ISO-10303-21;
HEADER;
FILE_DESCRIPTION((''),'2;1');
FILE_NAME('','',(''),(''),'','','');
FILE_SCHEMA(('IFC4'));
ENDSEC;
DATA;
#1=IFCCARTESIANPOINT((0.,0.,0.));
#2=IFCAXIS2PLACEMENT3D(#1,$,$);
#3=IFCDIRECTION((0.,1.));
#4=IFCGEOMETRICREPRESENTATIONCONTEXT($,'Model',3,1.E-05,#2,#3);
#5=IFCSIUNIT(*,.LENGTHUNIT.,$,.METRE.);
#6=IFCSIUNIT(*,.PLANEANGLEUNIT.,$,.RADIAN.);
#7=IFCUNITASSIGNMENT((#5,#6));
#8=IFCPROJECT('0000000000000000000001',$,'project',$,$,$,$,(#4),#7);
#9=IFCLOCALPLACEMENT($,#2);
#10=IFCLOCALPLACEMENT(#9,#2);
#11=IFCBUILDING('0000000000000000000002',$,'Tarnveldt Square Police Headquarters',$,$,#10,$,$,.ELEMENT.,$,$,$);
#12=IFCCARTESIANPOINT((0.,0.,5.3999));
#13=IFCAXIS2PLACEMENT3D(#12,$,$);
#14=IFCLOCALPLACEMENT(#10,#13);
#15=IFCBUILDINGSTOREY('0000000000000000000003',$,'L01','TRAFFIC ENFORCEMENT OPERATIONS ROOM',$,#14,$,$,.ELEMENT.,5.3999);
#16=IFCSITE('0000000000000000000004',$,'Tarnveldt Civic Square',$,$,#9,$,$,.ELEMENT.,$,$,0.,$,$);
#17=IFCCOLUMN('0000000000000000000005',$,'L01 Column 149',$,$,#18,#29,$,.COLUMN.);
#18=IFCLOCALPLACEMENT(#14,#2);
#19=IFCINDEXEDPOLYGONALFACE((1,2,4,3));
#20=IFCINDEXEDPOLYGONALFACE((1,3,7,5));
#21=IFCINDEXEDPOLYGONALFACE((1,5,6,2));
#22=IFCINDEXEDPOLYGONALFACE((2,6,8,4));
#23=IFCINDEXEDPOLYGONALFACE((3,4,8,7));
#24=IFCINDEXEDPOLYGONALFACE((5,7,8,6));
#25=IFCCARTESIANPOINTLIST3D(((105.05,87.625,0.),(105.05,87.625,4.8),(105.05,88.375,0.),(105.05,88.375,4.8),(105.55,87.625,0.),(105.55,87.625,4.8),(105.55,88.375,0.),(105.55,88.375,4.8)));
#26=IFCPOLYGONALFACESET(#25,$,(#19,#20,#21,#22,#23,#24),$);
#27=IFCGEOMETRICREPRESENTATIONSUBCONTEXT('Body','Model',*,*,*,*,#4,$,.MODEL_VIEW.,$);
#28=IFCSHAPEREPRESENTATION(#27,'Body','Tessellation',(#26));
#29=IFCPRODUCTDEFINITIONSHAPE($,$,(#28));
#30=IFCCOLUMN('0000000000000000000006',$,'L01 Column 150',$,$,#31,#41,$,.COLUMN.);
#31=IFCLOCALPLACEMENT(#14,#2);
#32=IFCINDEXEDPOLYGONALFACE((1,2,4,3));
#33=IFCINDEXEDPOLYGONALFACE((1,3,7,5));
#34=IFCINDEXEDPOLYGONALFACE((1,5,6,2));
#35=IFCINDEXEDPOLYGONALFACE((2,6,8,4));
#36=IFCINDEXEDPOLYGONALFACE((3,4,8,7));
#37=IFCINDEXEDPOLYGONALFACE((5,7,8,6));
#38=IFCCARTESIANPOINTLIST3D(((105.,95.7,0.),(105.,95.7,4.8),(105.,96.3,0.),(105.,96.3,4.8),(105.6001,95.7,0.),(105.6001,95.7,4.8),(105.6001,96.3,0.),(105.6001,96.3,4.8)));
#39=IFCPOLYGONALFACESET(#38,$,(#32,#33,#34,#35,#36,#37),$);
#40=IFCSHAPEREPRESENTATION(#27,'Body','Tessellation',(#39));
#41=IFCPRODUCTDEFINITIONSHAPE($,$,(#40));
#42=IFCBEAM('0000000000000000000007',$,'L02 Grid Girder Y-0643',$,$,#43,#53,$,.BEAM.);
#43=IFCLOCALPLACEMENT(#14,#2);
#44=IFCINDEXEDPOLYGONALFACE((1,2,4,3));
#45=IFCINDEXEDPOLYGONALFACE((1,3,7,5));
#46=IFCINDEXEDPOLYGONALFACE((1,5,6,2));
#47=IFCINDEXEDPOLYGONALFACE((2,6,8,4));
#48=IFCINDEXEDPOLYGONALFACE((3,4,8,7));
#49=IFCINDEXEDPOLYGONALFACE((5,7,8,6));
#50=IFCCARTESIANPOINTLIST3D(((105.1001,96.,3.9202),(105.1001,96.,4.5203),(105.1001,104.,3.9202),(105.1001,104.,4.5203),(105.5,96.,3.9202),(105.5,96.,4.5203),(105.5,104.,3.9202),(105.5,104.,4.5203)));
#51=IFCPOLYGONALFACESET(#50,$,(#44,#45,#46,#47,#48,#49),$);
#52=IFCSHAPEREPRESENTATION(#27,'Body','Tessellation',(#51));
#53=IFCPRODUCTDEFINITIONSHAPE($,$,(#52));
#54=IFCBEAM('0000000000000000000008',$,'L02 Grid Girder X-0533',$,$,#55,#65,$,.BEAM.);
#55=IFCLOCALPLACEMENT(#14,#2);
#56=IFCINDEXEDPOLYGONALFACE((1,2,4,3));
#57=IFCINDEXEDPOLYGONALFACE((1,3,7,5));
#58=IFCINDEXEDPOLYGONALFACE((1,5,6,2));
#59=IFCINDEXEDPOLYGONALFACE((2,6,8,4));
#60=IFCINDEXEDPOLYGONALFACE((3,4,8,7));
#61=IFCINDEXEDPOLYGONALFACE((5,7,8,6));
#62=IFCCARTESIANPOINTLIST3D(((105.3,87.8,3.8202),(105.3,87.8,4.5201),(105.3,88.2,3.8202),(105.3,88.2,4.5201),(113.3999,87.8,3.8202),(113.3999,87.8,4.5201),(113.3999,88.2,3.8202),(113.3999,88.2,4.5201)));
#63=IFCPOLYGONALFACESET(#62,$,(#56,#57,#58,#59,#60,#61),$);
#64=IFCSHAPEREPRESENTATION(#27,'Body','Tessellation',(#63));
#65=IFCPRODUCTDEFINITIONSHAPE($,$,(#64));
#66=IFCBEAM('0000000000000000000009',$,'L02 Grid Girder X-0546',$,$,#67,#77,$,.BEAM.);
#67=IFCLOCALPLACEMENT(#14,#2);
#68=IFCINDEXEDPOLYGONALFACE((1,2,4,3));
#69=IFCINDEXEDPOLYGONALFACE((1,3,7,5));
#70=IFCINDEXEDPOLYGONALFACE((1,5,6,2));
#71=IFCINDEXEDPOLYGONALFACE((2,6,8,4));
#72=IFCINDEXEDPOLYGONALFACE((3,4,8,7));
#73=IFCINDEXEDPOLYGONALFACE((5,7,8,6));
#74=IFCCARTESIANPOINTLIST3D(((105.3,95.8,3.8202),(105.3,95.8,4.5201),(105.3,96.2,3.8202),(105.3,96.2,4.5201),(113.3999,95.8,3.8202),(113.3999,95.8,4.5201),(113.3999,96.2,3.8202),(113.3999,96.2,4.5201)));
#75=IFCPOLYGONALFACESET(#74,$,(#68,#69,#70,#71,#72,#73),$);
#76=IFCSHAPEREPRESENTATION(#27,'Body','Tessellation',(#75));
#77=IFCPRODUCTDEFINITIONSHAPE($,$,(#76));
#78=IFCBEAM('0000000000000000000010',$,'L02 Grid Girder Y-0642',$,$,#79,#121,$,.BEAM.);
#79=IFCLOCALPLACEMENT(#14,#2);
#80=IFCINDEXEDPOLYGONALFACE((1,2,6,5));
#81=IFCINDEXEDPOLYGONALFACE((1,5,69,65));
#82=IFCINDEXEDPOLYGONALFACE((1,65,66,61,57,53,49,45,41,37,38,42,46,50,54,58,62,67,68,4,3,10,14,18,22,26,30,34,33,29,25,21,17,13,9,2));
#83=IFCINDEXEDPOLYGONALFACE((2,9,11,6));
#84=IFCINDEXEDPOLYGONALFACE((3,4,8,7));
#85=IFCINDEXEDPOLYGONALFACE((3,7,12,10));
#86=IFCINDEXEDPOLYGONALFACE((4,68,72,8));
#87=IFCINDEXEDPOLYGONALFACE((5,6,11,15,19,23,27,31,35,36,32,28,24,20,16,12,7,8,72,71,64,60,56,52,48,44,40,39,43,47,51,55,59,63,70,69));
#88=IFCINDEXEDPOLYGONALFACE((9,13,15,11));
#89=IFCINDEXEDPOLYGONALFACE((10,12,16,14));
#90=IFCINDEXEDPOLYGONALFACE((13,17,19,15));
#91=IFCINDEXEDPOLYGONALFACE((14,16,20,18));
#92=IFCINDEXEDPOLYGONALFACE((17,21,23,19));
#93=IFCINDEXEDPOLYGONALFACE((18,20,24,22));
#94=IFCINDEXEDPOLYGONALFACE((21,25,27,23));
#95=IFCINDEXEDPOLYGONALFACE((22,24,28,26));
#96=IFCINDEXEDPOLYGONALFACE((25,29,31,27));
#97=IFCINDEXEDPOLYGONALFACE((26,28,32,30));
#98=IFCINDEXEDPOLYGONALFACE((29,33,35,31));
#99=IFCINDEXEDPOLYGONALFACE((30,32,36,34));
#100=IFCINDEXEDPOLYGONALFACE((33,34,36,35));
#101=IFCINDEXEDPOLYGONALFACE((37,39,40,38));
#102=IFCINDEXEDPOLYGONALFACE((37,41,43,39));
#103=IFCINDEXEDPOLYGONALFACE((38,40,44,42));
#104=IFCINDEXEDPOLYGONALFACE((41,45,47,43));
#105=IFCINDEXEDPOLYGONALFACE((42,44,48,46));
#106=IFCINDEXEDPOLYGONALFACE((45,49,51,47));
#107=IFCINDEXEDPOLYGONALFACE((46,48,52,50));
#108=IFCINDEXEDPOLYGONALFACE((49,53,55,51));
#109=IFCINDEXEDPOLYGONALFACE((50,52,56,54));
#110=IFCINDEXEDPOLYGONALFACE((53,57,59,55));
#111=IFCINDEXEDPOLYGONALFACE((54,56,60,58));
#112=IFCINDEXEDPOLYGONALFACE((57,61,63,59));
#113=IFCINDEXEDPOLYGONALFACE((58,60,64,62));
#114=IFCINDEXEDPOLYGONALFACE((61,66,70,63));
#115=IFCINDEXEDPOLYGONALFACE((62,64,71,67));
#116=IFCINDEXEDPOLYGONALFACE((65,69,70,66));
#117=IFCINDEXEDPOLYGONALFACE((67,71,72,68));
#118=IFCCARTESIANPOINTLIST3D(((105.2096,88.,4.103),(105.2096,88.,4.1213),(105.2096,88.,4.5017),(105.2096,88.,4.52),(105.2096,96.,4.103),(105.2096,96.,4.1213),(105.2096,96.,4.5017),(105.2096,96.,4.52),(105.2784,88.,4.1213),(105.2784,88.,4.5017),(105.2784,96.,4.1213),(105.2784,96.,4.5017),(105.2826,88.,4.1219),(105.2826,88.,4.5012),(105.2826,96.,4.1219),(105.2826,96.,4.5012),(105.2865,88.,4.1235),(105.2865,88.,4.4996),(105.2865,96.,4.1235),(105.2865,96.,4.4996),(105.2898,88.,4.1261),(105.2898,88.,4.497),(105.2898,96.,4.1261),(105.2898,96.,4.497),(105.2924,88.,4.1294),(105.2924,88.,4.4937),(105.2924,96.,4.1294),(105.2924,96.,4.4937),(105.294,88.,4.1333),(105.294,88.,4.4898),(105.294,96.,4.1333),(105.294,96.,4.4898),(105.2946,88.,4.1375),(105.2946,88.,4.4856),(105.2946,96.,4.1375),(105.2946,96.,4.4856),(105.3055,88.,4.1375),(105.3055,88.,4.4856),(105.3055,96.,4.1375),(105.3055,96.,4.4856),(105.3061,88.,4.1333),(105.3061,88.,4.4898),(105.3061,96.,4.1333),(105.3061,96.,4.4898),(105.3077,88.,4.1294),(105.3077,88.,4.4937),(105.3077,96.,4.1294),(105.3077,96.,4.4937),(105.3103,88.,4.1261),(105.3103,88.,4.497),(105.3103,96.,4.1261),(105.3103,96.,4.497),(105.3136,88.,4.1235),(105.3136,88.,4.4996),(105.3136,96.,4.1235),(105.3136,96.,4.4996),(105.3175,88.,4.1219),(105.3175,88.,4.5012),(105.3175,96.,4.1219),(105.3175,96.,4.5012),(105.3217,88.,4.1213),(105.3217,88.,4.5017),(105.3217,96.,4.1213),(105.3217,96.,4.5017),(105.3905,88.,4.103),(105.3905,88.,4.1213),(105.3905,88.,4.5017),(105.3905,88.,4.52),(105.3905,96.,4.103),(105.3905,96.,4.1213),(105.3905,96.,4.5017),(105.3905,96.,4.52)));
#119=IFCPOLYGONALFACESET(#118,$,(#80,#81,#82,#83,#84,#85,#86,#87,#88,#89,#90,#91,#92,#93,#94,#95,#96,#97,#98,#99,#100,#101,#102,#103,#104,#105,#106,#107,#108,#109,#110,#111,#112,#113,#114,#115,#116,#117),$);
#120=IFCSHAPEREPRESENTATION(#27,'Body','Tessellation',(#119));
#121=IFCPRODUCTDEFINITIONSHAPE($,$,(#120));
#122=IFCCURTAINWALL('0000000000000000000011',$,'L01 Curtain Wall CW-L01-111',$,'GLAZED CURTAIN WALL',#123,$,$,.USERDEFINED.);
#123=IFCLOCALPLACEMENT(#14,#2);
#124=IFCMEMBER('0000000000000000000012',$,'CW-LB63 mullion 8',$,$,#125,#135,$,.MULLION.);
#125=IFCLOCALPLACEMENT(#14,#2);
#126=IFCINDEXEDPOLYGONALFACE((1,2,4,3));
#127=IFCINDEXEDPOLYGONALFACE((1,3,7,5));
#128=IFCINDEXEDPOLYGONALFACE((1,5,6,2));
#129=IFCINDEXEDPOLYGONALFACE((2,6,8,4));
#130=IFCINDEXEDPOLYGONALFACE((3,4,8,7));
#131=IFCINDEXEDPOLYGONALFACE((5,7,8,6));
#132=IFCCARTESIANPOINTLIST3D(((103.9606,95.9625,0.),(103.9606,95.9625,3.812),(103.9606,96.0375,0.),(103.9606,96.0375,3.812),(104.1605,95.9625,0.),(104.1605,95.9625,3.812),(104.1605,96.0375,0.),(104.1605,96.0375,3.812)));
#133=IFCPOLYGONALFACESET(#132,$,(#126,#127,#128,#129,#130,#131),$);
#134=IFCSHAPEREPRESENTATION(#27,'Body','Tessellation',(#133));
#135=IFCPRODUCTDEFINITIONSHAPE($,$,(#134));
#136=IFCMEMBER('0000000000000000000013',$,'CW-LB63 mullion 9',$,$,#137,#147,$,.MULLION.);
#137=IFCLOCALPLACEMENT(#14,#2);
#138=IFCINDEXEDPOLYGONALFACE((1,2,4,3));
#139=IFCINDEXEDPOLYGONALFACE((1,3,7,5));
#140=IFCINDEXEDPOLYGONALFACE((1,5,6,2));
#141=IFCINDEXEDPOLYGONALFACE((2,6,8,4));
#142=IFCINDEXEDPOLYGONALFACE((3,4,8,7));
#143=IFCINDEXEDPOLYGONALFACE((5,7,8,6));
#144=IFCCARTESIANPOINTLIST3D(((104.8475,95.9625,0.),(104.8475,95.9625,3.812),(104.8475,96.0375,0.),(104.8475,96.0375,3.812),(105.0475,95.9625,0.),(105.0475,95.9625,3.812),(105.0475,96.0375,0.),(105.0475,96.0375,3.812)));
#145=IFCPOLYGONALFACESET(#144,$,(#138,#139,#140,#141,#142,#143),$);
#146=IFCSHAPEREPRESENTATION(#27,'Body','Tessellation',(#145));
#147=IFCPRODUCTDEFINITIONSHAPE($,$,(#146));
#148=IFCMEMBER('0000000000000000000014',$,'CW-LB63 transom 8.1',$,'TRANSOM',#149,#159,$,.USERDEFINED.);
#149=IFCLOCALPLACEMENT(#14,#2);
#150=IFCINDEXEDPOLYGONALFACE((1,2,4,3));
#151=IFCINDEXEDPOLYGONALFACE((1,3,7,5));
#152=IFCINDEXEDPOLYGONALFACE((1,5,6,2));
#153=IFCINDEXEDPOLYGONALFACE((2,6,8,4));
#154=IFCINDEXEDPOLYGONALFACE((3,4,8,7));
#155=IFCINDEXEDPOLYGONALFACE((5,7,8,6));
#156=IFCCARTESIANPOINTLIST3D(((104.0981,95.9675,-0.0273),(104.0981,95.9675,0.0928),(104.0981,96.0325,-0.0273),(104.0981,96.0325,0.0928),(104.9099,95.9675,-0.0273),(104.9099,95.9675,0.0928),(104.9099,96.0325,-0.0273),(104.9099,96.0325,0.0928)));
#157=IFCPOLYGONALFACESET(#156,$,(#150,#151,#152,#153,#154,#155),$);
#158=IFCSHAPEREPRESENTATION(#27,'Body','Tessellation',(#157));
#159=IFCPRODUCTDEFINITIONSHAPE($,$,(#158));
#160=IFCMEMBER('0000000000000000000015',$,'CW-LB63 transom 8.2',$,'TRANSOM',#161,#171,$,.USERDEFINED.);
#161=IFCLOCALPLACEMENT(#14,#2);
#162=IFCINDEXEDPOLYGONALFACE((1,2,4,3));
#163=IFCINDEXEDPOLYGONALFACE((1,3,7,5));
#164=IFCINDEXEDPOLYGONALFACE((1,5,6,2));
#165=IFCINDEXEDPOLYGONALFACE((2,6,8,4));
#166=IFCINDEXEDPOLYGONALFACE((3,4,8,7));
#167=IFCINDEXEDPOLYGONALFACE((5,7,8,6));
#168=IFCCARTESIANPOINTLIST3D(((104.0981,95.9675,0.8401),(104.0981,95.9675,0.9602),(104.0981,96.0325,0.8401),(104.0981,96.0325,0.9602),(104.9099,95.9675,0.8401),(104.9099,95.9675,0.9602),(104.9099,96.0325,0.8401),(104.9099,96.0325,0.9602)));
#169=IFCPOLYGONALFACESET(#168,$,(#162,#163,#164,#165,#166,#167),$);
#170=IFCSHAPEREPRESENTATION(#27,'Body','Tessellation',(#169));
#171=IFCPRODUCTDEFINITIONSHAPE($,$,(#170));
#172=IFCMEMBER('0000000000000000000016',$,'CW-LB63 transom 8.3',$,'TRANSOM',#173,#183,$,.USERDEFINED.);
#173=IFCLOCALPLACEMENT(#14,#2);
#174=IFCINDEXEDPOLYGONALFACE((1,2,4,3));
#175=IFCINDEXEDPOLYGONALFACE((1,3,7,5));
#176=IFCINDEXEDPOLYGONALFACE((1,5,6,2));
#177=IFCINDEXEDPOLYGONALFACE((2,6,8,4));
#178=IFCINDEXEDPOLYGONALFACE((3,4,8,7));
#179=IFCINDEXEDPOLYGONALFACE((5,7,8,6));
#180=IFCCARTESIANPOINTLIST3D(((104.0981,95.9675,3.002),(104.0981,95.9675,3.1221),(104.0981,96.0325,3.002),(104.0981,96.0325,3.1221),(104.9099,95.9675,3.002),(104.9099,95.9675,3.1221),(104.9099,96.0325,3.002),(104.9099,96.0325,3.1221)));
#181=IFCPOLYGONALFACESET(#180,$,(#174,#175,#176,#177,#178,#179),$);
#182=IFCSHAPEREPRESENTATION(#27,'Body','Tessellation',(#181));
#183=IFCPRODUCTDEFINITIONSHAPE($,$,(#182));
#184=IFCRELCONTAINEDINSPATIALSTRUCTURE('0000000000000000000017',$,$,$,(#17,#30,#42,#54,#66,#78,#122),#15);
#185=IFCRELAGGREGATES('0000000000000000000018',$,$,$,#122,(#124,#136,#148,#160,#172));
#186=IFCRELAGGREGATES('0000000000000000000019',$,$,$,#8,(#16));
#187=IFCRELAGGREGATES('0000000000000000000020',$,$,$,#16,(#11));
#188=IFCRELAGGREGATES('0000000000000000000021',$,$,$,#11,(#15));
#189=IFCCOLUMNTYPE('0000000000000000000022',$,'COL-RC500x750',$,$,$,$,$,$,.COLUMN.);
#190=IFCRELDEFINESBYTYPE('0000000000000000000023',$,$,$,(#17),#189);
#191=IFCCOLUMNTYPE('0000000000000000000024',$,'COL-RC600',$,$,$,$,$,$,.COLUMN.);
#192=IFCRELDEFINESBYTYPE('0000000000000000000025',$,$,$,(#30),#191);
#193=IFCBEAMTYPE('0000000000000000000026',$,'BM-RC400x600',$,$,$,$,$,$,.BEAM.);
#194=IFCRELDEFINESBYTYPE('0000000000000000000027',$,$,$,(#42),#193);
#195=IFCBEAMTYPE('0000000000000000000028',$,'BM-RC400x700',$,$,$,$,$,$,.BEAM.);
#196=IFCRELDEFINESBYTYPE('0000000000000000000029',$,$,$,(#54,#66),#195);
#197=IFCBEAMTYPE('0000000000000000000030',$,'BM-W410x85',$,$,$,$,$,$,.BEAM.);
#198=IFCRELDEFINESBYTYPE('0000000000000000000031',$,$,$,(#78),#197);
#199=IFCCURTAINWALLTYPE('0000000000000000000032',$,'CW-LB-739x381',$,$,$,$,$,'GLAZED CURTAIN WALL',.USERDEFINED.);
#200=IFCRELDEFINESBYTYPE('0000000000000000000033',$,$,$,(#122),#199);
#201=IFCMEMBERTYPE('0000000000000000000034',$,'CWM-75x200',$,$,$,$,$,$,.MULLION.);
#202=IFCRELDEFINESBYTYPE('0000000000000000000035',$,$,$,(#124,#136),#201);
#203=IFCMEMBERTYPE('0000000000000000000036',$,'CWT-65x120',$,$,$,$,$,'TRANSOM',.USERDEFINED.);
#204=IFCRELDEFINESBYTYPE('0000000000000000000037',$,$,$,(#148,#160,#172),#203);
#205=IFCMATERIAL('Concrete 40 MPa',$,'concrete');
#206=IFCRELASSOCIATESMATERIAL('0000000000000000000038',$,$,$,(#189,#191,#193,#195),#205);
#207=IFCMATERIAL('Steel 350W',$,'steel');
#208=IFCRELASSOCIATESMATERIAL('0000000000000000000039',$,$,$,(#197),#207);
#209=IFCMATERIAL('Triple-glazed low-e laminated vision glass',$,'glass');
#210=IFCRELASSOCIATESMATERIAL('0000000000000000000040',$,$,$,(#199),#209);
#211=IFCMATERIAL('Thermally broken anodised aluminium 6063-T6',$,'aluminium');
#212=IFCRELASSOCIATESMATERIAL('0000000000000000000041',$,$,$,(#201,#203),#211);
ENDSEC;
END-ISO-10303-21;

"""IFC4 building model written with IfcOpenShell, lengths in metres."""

from ifc_helpers import new_model, si_unit, direction, frame, origin, origin_2d, place, context, subcontext, project, spatial, rectangle, i_section, extrude, material, material_profile, profile_set, type_object, element, aggregate, save


model = new_model("IFC4")

# Units and contexts
model_context = context("Model", 3, precision=1e-05, world=origin(), true_north=direction((0.0, 1.0)))
body_context = subcontext(model_context, "Body", "Model", "MODEL_VIEW")
ifc_project = project(units=[si_unit("LENGTHUNIT", "METRE"), si_unit("PLANEANGLEUNIT", "RADIAN")], contexts=[model_context])

# Site, building, storey
site_placement = place(None, origin())
site = spatial("IfcSite", under=ifc_project, at=site_placement, Name="Tarnveldt Civic Square", CompositionType="ELEMENT", RefElevation=0.0)
building_placement = place(site_placement, origin())
building = spatial("IfcBuilding", under=site, at=building_placement, Name="Tarnveldt Square Police Headquarters", CompositionType="ELEMENT")
storey_placement = place(building_placement, frame((0.0, 0.0, 5.3999)))
storey = spatial("IfcBuildingStorey", under=building, at=storey_placement, Name="L01", Description="TRAFFIC ENFORCEMENT OPERATIONS ROOM", CompositionType="ELEMENT", Elevation=5.3999)

# Columns
ifc_material_1 = material(Name="Concrete 40 MPa", Category="concrete")
ifc_material_profile_1 = material_profile(ifc_material_1, rectangle(XDim=0.5, YDim=0.75, at=origin_2d()), Name="RC-C500x750")
ifc_profile_set_1 = profile_set([ifc_material_profile_1], Name="Concrete 40 MPa")
column_type_1 = type_object("IfcColumnType", Name="COL-RC500x750", PredefinedType="COLUMN", material=ifc_profile_set_1)
column_1_placement = place(storey_placement, frame((105.3, 88.0, 0.0), z_axis=(0.0, 0.0, 1.0), x_axis=(1.0, 0.0, 0.0)))
element("IfcColumn", 1, at=column_1_placement, inside=storey, type_object=column_type_1, Name="L01 Column 149", PredefinedType="COLUMN", context=body_context, shape_type="SweptSolid", body=[
    extrude(rectangle(XDim=0.5, YDim=0.75, at=origin_2d()), origin(), (0.0, 0.0, 1.0), 4.8),
])
ifc_material_profile_2 = material_profile(ifc_material_1, rectangle(XDim=0.6001, YDim=0.6001, at=origin_2d()), Name="RC-C600x600")
ifc_profile_set_2 = profile_set([ifc_material_profile_2], Name="Concrete 40 MPa")
column_type_2 = type_object("IfcColumnType", Name="COL-RC600", PredefinedType="COLUMN", material=ifc_profile_set_2)
column_2_placement = place(storey_placement, frame((105.3, 96.0, 0.0), z_axis=(0.0, 0.0, 1.0), x_axis=(1.0, 0.0, 0.0)))
element("IfcColumn", 2, at=column_2_placement, inside=storey, type_object=column_type_2, Name="L01 Column 150", PredefinedType="COLUMN", context=body_context, shape_type="SweptSolid", body=[
    extrude(rectangle(XDim=0.6001, YDim=0.6001, at=origin_2d()), origin(), (0.0, 0.0, 1.0), 4.8),
])

# Beams
ifc_material_profile_3 = material_profile(ifc_material_1, rectangle(XDim=0.3999, YDim=0.6001, at=origin_2d()), Name="RC-B400x600")
ifc_profile_set_3 = profile_set([ifc_material_profile_3], Name="Concrete 40 MPa")
beam_type_1 = type_object("IfcBeamType", Name="BM-RC400x600", PredefinedType="BEAM", material=ifc_profile_set_3)
beam_1_placement = place(storey_placement, frame((105.3, 96.0, 4.2202), z_axis=(0.0, 1.0, 0.0), x_axis=(-1.0, 0.0, 0.0)))
element("IfcBeam", 3, at=beam_1_placement, inside=storey, type_object=beam_type_1, Name="L02 Grid Girder Y-0643", PredefinedType="BEAM", context=body_context, shape_type="SweptSolid", body=[
    extrude(rectangle(XDim=0.3999, YDim=0.6001, at=origin_2d()), origin(), (0.0, 0.0, 1.0), 8.0),
])
ifc_material_profile_4 = material_profile(ifc_material_1, rectangle(XDim=0.3999, YDim=0.7, at=origin_2d()), Name="RC-B400x700")
ifc_profile_set_4 = profile_set([ifc_material_profile_4], Name="Concrete 40 MPa")
beam_type_2 = type_object("IfcBeamType", Name="BM-RC400x700", PredefinedType="BEAM", material=ifc_profile_set_4)
for number, where, z_axis, x_axis, name in (
    (4, (105.3, 88.0, 4.1702), (1.0, 0.0, 0.0), (0.0, 1.0, 0.0), "L02 Grid Girder X-0533"),
    (5, (105.3, 96.0, 4.1702), (1.0, 0.0, 0.0), (0.0, 1.0, 0.0), "L02 Grid Girder X-0546"),
):
    element("IfcBeam", number, at=place(storey_placement, frame(where, z_axis=z_axis, x_axis=x_axis)), inside=storey, type_object=beam_type_2, Name=name, PredefinedType="BEAM", context=body_context, shape_type="SweptSolid", body=[
        extrude(rectangle(XDim=0.3999, YDim=0.7, at=origin_2d()), origin(), (0.0, 0.0, 1.0), 8.0999),
    ])
ifc_material_2 = material(Name="Steel 350W", Category="steel")
ifc_material_profile_5 = material_profile(ifc_material_2, i_section(OverallWidth=0.1809, OverallDepth=0.417, WebThickness=0.011, FlangeThickness=0.0183, FilletRadius=0.0161, at=origin_2d()), Name="W410x85")
ifc_profile_set_5 = profile_set([ifc_material_profile_5], Name="Steel 350W")
beam_type_3 = type_object("IfcBeamType", Name="BM-W410x85", PredefinedType="BEAM", material=ifc_profile_set_5)
beam_2_placement = place(storey_placement, frame((105.3, 88.0, 4.3115), z_axis=(0.0, 1.0, 0.0), x_axis=(-1.0, 0.0, 0.0)))
element("IfcBeam", 6, at=beam_2_placement, inside=storey, type_object=beam_type_3, Name="L02 Grid Girder Y-0642", PredefinedType="BEAM", context=body_context, shape_type="SweptSolid", body=[
    extrude(i_section(OverallWidth=0.1809, OverallDepth=0.417, WebThickness=0.011, FlangeThickness=0.0183, FilletRadius=0.0161, at=origin_2d()), origin(), (0.0, 0.0, 1.0), 8.0),
])

# Curtain wall, members
ifc_material_3 = material(Name="Triple-glazed low-e laminated vision glass", Category="glass")
curtain_wall_type = type_object("IfcCurtainWallType", Name="CW-LB-739x381", ElementType="GLAZED CURTAIN WALL", PredefinedType="USERDEFINED", material=ifc_material_3)
curtain_wall_placement = place(storey_placement, origin())
curtain_wall = element("IfcCurtainWall", 7, at=curtain_wall_placement, inside=storey, type_object=curtain_wall_type, Name="L01 Curtain Wall CW-L01-111", ObjectType="GLAZED CURTAIN WALL", PredefinedType="USERDEFINED")
ifc_material_4 = material(Name="Thermally broken anodised aluminium 6063-T6", Category="aluminium")
ifc_material_profile_6 = material_profile(ifc_material_4, rectangle(XDim=0.075, YDim=0.2, at=origin_2d()), Name="CW-M75x200")
ifc_profile_set_6 = profile_set([ifc_material_profile_6], Name="Thermally broken anodised aluminium 6063-T6")
member_type_1 = type_object("IfcMemberType", Name="CWM-75x200", PredefinedType="MULLION", material=ifc_profile_set_6)
member_1_placement = place(storey_placement, frame((104.0605, 96.0, 0.0), z_axis=(0.0, 0.0, 1.0), x_axis=(0.0, 1.0, 0.0)))
member_1 = element("IfcMember", 8, at=member_1_placement, type_object=member_type_1, Name="CW-LB63 mullion 8", PredefinedType="MULLION", context=body_context, shape_type="SweptSolid", body=[
    extrude(rectangle(XDim=0.075, YDim=0.2, at=origin_2d()), origin(), (0.0, 0.0, 1.0), 3.812),
])
member_2_placement = place(storey_placement, frame((104.9475, 96.0, 0.0), z_axis=(0.0, 0.0, 1.0), x_axis=(0.0, 1.0, 0.0)))
member_2 = element("IfcMember", 9, at=member_2_placement, type_object=member_type_1, Name="CW-LB63 mullion 9", PredefinedType="MULLION", context=body_context, shape_type="SweptSolid", body=[
    extrude(rectangle(XDim=0.075, YDim=0.2, at=origin_2d()), origin(), (0.0, 0.0, 1.0), 3.812),
])
ifc_material_profile_7 = material_profile(ifc_material_4, rectangle(XDim=0.0649, YDim=0.1201, at=origin_2d()), Name="CW-T65x120")
ifc_profile_set_7 = profile_set([ifc_material_profile_7], Name="Thermally broken anodised aluminium 6063-T6")
member_type_2 = type_object("IfcMemberType", Name="CWT-65x120", ElementType="TRANSOM", PredefinedType="USERDEFINED", material=ifc_profile_set_7)
member_3_placement = place(storey_placement, frame((104.0981, 96.0, 0.0327), z_axis=(1.0, 0.0, 0.0), x_axis=(0.0, 1.0, 0.0)))
member_3 = element("IfcMember", 10, at=member_3_placement, type_object=member_type_2, Name="CW-LB63 transom 8.1", ObjectType="TRANSOM", PredefinedType="USERDEFINED", context=body_context, shape_type="SweptSolid", body=[
    extrude(rectangle(XDim=0.0649, YDim=0.1201, at=origin_2d()), origin(), (0.0, 0.0, 1.0), 0.8118),
])
member_4_placement = place(storey_placement, frame((104.0981, 96.0, 0.9001), z_axis=(1.0, 0.0, 0.0), x_axis=(0.0, 1.0, 0.0)))
member_4 = element("IfcMember", 11, at=member_4_placement, type_object=member_type_2, Name="CW-LB63 transom 8.2", ObjectType="TRANSOM", PredefinedType="USERDEFINED", context=body_context, shape_type="SweptSolid", body=[
    extrude(rectangle(XDim=0.0649, YDim=0.1201, at=origin_2d()), origin(), (0.0, 0.0, 1.0), 0.8118),
])
member_5_placement = place(storey_placement, frame((104.0981, 96.0, 3.062), z_axis=(1.0, 0.0, 0.0), x_axis=(0.0, 1.0, 0.0)))
member_5 = element("IfcMember", 12, at=member_5_placement, type_object=member_type_2, Name="CW-LB63 transom 8.3", ObjectType="TRANSOM", PredefinedType="USERDEFINED", context=body_context, shape_type="SweptSolid", body=[
    extrude(rectangle(XDim=0.0649, YDim=0.1201, at=origin_2d()), origin(), (0.0, 0.0, 1.0), 0.8118),
])
aggregate(curtain_wall, [member_1, member_2, member_3, member_4, member_5])

save(model, "model.ifc")
